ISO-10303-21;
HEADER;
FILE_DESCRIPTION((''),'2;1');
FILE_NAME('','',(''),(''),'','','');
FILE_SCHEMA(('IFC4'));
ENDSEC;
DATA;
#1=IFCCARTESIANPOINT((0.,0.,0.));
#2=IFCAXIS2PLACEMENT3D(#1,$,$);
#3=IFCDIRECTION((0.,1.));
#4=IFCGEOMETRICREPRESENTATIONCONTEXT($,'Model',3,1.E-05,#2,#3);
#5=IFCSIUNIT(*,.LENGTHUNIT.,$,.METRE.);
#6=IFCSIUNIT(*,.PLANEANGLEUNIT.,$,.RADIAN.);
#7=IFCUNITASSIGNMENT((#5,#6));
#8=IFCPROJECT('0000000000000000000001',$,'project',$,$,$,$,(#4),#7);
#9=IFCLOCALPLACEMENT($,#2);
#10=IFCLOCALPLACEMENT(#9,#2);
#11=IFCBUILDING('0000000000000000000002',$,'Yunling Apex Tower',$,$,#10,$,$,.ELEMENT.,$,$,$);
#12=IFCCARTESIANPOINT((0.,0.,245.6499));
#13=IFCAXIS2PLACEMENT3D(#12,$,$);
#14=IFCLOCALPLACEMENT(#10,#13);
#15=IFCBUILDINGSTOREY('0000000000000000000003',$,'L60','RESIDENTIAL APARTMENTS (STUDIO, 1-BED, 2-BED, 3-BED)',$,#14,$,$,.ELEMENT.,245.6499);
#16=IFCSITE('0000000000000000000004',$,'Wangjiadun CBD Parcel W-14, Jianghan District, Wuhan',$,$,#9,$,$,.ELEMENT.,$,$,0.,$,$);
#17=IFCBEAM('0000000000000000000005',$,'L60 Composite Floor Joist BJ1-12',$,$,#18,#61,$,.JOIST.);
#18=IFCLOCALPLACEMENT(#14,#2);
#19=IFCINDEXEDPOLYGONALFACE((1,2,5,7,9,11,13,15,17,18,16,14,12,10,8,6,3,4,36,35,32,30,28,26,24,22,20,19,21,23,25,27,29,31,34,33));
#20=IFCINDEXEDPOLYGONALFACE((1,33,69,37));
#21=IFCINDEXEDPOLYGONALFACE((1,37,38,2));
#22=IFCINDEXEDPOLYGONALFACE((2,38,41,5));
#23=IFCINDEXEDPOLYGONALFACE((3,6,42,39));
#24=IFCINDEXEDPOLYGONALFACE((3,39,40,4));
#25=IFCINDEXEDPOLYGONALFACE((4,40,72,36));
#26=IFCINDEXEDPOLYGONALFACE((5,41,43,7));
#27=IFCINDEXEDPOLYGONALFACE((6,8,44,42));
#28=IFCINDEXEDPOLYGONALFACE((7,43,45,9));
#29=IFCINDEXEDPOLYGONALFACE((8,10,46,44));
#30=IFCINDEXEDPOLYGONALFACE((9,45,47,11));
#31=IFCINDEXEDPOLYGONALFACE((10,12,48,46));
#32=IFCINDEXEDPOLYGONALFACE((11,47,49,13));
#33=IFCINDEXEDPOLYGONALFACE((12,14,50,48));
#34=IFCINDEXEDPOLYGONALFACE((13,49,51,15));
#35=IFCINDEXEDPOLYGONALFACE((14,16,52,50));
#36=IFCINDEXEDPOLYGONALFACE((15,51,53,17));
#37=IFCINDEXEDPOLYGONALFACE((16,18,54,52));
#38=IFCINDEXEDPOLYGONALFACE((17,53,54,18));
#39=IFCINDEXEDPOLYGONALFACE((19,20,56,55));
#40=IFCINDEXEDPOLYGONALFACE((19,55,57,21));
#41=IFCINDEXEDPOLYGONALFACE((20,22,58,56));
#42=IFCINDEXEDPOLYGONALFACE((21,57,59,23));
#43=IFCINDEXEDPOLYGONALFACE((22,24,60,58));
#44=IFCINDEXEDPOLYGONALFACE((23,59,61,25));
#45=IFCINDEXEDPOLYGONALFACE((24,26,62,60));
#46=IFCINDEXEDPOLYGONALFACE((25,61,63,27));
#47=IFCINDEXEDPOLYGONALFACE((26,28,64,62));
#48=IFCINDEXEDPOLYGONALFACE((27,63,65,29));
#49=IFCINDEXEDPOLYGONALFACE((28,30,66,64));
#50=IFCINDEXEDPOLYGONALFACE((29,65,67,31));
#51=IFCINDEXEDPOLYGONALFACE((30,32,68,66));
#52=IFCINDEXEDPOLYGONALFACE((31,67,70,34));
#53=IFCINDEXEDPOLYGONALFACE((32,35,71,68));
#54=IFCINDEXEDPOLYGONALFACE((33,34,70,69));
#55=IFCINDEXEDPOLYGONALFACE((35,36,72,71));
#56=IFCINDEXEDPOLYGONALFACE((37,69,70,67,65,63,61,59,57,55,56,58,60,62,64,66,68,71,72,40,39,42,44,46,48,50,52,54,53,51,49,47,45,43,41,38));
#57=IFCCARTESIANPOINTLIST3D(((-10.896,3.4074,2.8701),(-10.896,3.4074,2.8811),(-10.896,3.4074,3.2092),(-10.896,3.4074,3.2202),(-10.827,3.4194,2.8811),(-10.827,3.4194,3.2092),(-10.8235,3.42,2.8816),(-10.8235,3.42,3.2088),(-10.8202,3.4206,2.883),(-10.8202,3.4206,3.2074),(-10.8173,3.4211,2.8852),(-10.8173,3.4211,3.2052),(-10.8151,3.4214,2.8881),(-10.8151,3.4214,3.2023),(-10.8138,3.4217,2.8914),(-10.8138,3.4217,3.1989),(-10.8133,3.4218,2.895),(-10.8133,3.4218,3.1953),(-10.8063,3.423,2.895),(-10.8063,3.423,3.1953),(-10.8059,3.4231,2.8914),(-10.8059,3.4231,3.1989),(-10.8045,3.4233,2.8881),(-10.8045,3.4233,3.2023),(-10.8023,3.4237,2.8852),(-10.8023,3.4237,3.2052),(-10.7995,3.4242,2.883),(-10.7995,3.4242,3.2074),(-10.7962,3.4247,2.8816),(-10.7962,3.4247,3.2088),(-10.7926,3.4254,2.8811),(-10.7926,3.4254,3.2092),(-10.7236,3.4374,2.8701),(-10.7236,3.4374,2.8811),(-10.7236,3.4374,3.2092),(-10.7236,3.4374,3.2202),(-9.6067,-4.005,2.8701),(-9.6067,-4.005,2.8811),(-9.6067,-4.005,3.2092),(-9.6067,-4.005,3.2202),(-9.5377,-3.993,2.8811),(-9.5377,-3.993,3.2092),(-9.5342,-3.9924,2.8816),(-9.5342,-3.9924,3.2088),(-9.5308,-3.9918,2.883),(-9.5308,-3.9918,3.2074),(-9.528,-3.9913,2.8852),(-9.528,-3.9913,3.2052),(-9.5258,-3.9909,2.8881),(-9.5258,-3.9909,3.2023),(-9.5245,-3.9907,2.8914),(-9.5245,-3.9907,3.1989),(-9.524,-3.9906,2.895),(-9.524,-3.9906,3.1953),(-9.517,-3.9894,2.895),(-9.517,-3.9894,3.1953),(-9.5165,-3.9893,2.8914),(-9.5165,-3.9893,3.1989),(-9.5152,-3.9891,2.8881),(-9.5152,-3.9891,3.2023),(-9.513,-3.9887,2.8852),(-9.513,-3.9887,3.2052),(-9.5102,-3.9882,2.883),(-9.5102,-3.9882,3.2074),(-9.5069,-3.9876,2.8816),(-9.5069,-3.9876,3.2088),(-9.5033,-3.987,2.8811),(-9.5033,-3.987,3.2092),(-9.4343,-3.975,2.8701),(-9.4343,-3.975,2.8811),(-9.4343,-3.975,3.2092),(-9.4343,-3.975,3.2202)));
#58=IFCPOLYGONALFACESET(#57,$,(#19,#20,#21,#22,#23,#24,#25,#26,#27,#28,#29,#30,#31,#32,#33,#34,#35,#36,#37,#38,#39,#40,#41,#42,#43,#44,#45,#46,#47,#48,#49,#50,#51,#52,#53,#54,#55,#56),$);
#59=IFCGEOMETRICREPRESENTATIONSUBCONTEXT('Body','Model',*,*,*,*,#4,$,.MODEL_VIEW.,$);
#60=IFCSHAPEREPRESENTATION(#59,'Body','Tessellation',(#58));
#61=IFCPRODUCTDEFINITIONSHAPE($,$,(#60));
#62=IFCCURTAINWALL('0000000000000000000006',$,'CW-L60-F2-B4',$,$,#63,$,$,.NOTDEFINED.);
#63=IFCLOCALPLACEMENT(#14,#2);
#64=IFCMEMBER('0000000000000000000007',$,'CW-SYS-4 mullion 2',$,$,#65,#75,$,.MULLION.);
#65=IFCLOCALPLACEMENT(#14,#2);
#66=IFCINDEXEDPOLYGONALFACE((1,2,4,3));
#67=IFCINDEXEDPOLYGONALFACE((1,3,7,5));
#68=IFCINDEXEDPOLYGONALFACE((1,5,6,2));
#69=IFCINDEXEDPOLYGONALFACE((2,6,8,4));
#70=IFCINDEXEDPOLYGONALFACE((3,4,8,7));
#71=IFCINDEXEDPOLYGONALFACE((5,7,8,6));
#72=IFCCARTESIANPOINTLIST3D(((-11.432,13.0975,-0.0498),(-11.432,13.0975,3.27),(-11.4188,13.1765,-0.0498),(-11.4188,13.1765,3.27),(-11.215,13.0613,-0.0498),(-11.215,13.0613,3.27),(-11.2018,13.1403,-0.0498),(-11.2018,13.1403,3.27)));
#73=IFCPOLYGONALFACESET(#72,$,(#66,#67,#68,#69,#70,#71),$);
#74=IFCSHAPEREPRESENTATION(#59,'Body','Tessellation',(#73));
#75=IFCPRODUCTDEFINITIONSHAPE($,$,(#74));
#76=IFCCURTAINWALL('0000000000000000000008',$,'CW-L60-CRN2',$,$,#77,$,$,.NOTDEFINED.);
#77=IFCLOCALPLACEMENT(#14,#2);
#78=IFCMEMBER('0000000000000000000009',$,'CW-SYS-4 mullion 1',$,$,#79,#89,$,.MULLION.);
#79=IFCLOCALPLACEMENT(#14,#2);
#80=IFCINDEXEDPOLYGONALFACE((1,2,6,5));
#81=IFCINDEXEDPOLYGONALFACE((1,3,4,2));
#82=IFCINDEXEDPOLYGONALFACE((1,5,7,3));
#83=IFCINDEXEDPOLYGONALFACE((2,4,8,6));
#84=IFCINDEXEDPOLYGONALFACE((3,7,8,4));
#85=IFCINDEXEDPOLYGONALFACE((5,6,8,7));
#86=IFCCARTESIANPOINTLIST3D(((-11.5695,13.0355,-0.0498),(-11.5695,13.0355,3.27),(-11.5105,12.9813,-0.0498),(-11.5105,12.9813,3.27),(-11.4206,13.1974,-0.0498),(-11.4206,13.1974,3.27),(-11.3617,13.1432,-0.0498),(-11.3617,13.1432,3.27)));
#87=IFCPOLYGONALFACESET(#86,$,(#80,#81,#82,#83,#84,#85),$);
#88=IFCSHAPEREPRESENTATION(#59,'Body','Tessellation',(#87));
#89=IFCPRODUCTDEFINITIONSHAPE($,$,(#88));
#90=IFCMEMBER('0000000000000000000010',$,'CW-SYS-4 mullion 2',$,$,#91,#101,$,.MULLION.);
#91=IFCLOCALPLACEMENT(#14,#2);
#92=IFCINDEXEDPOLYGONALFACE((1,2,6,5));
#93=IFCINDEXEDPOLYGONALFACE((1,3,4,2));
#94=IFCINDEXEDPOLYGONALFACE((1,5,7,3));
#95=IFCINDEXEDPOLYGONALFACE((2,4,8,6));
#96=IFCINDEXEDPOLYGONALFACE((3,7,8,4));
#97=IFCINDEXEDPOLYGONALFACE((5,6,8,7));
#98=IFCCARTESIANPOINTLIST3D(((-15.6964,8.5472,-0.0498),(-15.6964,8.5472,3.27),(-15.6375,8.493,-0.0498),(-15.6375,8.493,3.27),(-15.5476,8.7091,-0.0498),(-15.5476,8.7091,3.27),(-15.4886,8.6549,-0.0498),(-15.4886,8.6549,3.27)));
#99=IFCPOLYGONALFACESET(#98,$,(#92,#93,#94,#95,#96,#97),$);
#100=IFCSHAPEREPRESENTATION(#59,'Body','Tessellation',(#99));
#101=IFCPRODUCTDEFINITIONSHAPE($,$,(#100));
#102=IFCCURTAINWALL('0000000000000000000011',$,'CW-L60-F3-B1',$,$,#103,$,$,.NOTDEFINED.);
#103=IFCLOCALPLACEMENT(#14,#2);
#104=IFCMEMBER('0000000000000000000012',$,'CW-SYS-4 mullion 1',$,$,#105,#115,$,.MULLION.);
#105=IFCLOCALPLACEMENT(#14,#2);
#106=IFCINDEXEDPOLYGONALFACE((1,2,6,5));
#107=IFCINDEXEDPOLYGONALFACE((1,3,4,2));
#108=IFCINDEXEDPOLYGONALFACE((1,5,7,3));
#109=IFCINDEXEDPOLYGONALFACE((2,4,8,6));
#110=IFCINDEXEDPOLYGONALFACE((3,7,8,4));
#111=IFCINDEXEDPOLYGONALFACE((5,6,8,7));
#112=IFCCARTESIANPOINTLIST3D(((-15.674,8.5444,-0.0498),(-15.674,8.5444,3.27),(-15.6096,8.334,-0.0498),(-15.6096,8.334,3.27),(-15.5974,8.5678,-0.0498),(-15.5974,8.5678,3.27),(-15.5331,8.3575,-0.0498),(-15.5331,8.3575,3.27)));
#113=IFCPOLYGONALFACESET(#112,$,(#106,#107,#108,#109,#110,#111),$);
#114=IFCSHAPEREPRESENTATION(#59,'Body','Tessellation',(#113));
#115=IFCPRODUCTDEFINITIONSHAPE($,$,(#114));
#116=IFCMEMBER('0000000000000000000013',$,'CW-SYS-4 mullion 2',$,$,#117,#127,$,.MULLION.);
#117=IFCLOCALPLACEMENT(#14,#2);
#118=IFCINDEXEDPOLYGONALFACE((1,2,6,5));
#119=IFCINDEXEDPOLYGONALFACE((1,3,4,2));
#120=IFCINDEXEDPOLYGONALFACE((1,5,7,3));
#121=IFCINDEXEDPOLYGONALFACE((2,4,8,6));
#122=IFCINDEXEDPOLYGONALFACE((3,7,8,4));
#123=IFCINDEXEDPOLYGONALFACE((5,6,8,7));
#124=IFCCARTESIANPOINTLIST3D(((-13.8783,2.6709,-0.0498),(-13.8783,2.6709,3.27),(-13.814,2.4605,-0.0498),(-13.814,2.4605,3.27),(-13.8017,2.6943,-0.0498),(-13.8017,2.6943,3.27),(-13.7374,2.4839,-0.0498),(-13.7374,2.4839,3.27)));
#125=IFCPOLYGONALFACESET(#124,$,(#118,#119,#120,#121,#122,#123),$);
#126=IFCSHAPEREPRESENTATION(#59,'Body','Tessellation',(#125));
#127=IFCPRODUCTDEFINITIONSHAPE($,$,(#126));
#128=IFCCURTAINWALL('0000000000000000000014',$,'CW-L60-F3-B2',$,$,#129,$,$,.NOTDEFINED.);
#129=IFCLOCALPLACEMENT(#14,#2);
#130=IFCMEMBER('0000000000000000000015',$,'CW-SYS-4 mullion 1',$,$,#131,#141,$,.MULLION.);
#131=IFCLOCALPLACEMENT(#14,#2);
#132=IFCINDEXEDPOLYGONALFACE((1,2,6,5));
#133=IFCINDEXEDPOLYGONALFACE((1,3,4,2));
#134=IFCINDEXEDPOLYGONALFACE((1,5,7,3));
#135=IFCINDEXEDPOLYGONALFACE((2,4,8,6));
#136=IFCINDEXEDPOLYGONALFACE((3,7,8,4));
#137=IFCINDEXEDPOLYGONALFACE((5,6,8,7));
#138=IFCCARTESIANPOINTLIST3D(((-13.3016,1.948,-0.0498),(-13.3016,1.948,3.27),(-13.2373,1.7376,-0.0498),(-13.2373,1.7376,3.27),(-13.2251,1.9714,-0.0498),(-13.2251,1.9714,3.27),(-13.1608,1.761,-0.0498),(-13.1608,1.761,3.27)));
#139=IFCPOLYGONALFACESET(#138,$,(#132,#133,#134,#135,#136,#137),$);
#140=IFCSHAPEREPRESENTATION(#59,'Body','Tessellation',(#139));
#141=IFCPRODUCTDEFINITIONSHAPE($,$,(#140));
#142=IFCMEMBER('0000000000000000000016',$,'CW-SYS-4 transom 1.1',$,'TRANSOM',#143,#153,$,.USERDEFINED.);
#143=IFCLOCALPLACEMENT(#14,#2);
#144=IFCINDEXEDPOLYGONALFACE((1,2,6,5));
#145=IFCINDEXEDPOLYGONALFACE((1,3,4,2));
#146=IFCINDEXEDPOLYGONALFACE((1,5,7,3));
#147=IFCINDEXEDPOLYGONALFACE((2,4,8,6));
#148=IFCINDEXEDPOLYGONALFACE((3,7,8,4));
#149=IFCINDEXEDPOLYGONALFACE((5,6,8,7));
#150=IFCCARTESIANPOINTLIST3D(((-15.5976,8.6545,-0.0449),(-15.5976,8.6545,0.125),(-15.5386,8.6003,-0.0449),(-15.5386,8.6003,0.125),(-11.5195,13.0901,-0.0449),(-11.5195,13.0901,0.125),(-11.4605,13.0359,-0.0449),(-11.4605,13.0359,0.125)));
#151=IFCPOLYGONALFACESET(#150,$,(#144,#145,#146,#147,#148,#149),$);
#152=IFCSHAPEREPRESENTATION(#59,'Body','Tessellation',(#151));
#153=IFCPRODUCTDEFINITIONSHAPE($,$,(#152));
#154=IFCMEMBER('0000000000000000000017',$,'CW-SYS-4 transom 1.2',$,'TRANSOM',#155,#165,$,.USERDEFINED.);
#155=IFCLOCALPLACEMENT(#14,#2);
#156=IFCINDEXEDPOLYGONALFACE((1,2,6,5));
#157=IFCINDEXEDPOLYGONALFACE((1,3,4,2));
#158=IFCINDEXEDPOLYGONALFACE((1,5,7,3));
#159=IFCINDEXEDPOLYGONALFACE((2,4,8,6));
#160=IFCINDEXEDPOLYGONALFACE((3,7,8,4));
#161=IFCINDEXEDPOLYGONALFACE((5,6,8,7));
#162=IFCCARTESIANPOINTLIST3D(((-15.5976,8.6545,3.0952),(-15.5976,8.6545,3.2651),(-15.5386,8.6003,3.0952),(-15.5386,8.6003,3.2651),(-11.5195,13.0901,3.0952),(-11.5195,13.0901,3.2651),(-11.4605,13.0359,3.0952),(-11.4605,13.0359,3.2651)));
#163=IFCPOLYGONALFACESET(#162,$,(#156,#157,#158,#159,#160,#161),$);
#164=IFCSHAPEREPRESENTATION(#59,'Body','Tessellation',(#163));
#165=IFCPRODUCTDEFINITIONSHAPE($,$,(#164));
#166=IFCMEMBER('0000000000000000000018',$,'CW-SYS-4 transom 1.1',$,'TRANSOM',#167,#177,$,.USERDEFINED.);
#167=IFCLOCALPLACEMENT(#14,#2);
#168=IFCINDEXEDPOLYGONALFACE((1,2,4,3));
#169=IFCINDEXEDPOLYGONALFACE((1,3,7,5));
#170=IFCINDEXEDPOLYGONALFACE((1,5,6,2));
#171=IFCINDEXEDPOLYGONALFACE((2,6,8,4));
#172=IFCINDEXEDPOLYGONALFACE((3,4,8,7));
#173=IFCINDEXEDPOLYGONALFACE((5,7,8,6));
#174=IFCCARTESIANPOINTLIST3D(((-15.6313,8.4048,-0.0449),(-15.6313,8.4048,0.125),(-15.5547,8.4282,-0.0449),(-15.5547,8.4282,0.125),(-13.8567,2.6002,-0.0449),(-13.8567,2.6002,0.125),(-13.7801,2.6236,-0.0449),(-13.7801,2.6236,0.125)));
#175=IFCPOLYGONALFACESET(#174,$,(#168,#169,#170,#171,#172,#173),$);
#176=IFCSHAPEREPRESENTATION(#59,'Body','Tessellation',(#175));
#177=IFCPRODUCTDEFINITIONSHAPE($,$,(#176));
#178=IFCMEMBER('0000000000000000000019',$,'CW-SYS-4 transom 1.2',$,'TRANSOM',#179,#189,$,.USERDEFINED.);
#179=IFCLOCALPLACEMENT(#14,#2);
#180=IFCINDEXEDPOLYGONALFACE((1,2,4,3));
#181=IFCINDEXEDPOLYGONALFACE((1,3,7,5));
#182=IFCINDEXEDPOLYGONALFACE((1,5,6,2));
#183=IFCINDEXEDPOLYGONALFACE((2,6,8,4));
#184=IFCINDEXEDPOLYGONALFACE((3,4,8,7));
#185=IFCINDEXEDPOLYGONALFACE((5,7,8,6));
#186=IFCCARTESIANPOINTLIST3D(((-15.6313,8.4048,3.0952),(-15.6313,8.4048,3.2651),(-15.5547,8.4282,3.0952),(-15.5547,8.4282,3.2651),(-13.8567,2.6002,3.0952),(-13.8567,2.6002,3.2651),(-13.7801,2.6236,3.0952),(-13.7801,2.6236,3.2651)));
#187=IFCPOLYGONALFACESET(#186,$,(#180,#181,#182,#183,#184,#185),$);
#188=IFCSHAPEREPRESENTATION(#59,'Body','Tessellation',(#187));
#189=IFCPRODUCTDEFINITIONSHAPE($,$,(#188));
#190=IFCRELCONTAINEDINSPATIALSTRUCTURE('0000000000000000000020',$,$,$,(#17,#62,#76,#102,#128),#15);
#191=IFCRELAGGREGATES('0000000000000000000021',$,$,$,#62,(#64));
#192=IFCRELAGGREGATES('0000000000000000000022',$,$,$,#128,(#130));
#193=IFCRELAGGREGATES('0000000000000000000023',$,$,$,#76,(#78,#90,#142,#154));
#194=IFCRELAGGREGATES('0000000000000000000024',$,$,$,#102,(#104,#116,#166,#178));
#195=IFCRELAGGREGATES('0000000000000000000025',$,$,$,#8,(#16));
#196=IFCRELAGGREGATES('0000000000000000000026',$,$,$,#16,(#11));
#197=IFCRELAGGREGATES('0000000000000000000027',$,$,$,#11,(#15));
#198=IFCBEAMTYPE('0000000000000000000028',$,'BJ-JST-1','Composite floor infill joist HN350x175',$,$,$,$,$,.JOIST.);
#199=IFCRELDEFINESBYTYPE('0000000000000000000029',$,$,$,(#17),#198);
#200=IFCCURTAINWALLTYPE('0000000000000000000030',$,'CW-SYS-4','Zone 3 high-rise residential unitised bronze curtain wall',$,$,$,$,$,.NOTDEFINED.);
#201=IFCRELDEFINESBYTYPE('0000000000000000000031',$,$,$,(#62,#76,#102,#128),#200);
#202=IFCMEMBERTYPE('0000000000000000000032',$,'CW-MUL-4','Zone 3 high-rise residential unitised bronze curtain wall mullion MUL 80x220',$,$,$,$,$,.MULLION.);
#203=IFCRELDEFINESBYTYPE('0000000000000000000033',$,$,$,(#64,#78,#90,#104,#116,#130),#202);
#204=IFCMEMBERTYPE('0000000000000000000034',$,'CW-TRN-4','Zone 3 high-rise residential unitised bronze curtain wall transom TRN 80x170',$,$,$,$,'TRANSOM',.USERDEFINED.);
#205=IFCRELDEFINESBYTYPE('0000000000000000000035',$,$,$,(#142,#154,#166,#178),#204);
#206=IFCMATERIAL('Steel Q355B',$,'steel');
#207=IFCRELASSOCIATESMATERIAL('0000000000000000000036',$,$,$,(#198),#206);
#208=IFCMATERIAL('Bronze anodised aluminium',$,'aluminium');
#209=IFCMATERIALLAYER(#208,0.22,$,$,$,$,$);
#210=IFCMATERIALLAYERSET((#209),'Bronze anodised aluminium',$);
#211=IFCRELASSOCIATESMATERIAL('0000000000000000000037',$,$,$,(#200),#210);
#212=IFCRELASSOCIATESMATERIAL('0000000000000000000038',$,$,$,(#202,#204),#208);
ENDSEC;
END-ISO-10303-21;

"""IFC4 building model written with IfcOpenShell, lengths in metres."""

from ifc_helpers import new_model, si_unit, direction, frame, origin, origin_2d, place, context, subcontext, project, spatial, rectangle, i_section, extrude, source, transform, mapped, material, layer, layer_set, material_profile, profile_set, type_object, element, aggregate, save


model = new_model("IFC4")

# Units and contexts
model_context = context("Model", 3, precision=1e-05, world=origin(), true_north=direction((0.0, 1.0)))
body_context = subcontext(model_context, "Body", "Model", "MODEL_VIEW")
ifc_project = project(units=[si_unit("LENGTHUNIT", "METRE"), si_unit("PLANEANGLEUNIT", "RADIAN")], contexts=[model_context])

# Site, building, storey
site_placement = place(None, origin())
site = spatial("IfcSite", under=ifc_project, at=site_placement, Name="Wangjiadun CBD Parcel W-14, Jianghan District, Wuhan", CompositionType="ELEMENT", RefElevation=0.0)
building_placement = place(site_placement, origin())
building = spatial("IfcBuilding", under=site, at=building_placement, Name="Yunling Apex Tower", CompositionType="ELEMENT")
storey_placement = place(building_placement, frame((0.0, 0.0, 245.6499)))
storey = spatial("IfcBuildingStorey", under=building, at=storey_placement, Name="L60", Description="RESIDENTIAL APARTMENTS (STUDIO, 1-BED, 2-BED, 3-BED)", CompositionType="ELEMENT", Elevation=245.6499)

# Beam
ifc_material_1 = material(Name="Steel Q355B", Category="steel")
ifc_material_profile_1 = material_profile(ifc_material_1, i_section(OverallWidth=0.175, OverallDepth=0.3501, WebThickness=0.0071, FlangeThickness=0.011, FilletRadius=0.0139, at=origin_2d()))
ifc_profile_set_1 = profile_set([ifc_material_profile_1], Name="Steel Q355B")
beam_type_1 = type_object("IfcBeamType", Name="BJ-JST-1", Description="Composite floor infill joist HN350x175", PredefinedType="JOIST", material=ifc_profile_set_1)
shared_shape_1 = source(origin(), body_context, "Body", "SweptSolid", [
    extrude(i_section(OverallWidth=0.175, OverallDepth=0.3501, WebThickness=0.0071, FlangeThickness=0.011, FilletRadius=0.0139, at=origin_2d()), origin(), (0.0, 0.0, 1.0), 7.5237),
])
beam_1_placement = place(storey_placement, frame((-10.8098, 3.4224, 3.0452), z_axis=(0.171367, -0.985207, 0.0), x_axis=(0.985207, 0.171367, 0.0)))
element("IfcBeam", 1, at=beam_1_placement, inside=storey, type_object=beam_type_1, Name="L60 Composite Floor Joist BJ1-12", PredefinedType="JOIST", context=body_context, shape_type="MappedRepresentation", body=[
    mapped(shared_shape_1, transform((0.0, 0.0, 0.0), scale=1.0)),
])

# Curtain wall, member
ifc_material_2 = material(Name="Bronze anodised aluminium", Category="aluminium")
ifc_layer_1 = layer(ifc_material_2, 0.22)
ifc_layer_set_1 = layer_set([ifc_layer_1], Name="Bronze anodised aluminium")
curtain_wall_type = type_object("IfcCurtainWallType", Name="CW-SYS-4", Description="Zone 3 high-rise residential unitised bronze curtain wall", PredefinedType="NOTDEFINED", material=ifc_layer_set_1)
curtain_wall_1_placement = place(storey_placement, origin())
curtain_wall_1 = element("IfcCurtainWall", 2, at=curtain_wall_1_placement, inside=storey, type_object=curtain_wall_type, Name="CW-L60-F2-B4", PredefinedType="NOTDEFINED")
ifc_material_profile_2 = material_profile(ifc_material_2, rectangle(XDim=0.0801, YDim=0.22, at=origin_2d()))
ifc_profile_set_2 = profile_set([ifc_material_profile_2], Name="Bronze anodised aluminium")
member_type_1 = type_object("IfcMemberType", Name="CW-MUL-4", Description="Zone 3 high-rise residential unitised bronze curtain wall mullion MUL 80x220", PredefinedType="MULLION", material=ifc_profile_set_2)
shared_shape_2 = source(origin(), body_context, "Body", "SweptSolid", [
    extrude(rectangle(XDim=0.0801, YDim=0.22, at=origin_2d()), origin(), (0.0, 0.0, 1.0), 3.3198),
])
member_1_placement = place(storey_placement, frame((-11.3169, 13.1189, -0.0498), z_axis=(0.0, 0.0, 1.0), x_axis=(-0.164353, -0.986402, 0.0)))
member_1 = element("IfcMember", 3, at=member_1_placement, type_object=member_type_1, Name="CW-SYS-4 mullion 2", PredefinedType="MULLION", context=body_context, shape_type="MappedRepresentation", body=[
    mapped(shared_shape_2, transform((0.0, 0.0, 0.0), scale=1.0)),
])
aggregate(curtain_wall_1, [member_1])

# Curtain walls, members
curtain_wall_2_placement = place(storey_placement, origin())
curtain_wall_2 = element("IfcCurtainWall", 4, at=curtain_wall_2_placement, inside=storey, type_object=curtain_wall_type, Name="CW-L60-CRN2", PredefinedType="NOTDEFINED")
member_2_placement = place(storey_placement, frame((-11.4656, 13.0894, -0.0498), z_axis=(0.0, 0.0, 1.0), x_axis=(0.736134, -0.676836, 0.0)))
member_2 = element("IfcMember", 5, at=member_2_placement, type_object=member_type_1, Name="CW-SYS-4 mullion 1", PredefinedType="MULLION", context=body_context, shape_type="MappedRepresentation", body=[
    mapped(shared_shape_2, transform((0.0, 0.0, 0.0), scale=1.0)),
])
member_3_placement = place(storey_placement, frame((-15.5925, 8.6011, -0.0498), z_axis=(0.0, 0.0, 1.0), x_axis=(0.736134, -0.676836, 0.0)))
member_3 = element("IfcMember", 6, at=member_3_placement, type_object=member_type_1, Name="CW-SYS-4 mullion 2", PredefinedType="MULLION", context=body_context, shape_type="MappedRepresentation", body=[
    mapped(shared_shape_2, transform((0.0, 0.0, 0.0), scale=1.0)),
])
curtain_wall_3_placement = place(storey_placement, origin())
curtain_wall_3 = element("IfcCurtainWall", 7, at=curtain_wall_3_placement, inside=storey, type_object=curtain_wall_type, Name="CW-L60-F3-B1", PredefinedType="NOTDEFINED")
member_4_placement = place(storey_placement, frame((-15.6035, 8.4509, -0.0498), z_axis=(0.0, 0.0, 1.0), x_axis=(0.956305, 0.292372, 0.0)))
member_4 = element("IfcMember", 8, at=member_4_placement, type_object=member_type_1, Name="CW-SYS-4 mullion 1", PredefinedType="MULLION", context=body_context, shape_type="MappedRepresentation", body=[
    mapped(shared_shape_2, transform((0.0, 0.0, 0.0), scale=1.0)),
])
member_5_placement = place(storey_placement, frame((-13.8079, 2.5774, -0.0498), z_axis=(0.0, 0.0, 1.0), x_axis=(0.956305, 0.292372, 0.0)))
member_5 = element("IfcMember", 9, at=member_5_placement, type_object=member_type_1, Name="CW-SYS-4 mullion 2", PredefinedType="MULLION", context=body_context, shape_type="MappedRepresentation", body=[
    mapped(shared_shape_2, transform((0.0, 0.0, 0.0), scale=1.0)),
])

# Curtain wall, member
curtain_wall_4_placement = place(storey_placement, origin())
curtain_wall_4 = element("IfcCurtainWall", 10, at=curtain_wall_4_placement, inside=storey, type_object=curtain_wall_type, Name="CW-L60-F3-B2", PredefinedType="NOTDEFINED")
member_6_placement = place(storey_placement, frame((-13.2312, 1.8545, -0.0498), z_axis=(0.0, 0.0, 1.0), x_axis=(0.956304, 0.292373, 0.0)))
member_6 = element("IfcMember", 11, at=member_6_placement, type_object=member_type_1, Name="CW-SYS-4 mullion 1", PredefinedType="MULLION", context=body_context, shape_type="MappedRepresentation", body=[
    mapped(shared_shape_2, transform((0.0, 0.0, 0.0), scale=1.0)),
])

# Members
ifc_material_profile_3 = material_profile(ifc_material_2, rectangle(XDim=0.0801, YDim=0.1699, at=origin_2d()))
ifc_profile_set_3 = profile_set([ifc_material_profile_3], Name="Bronze anodised aluminium")
member_type_2 = type_object("IfcMemberType", Name="CW-TRN-4", Description="Zone 3 high-rise residential unitised bronze curtain wall transom TRN 80x170", ElementType="TRANSOM", PredefinedType="USERDEFINED", material=ifc_profile_set_3)
shared_shape_3 = source(origin(), body_context, "Body", "SweptSolid", [
    extrude(rectangle(XDim=0.0801, YDim=0.1699, at=origin_2d()), origin(), (0.0, 0.0, 1.0), 6.0254),
])
member_7_placement = place(storey_placement, frame((-11.49, 13.063, 0.04), z_axis=(-0.676825, -0.736144, 0.0), x_axis=(0.736144, -0.676825, 0.0)))
member_7 = element("IfcMember", 12, at=member_7_placement, type_object=member_type_2, Name="CW-SYS-4 transom 1.1", ObjectType="TRANSOM", PredefinedType="USERDEFINED", context=body_context, shape_type="MappedRepresentation", body=[
    mapped(shared_shape_3, transform((0.0, 0.0, 0.0), scale=1.0)),
])
member_8_placement = place(storey_placement, frame((-11.49, 13.063, 3.1802), z_axis=(-0.676825, -0.736144, 0.0), x_axis=(0.736144, -0.676825, 0.0)))
member_8 = element("IfcMember", 13, at=member_8_placement, type_object=member_type_2, Name="CW-SYS-4 transom 1.2", ObjectType="TRANSOM", PredefinedType="USERDEFINED", context=body_context, shape_type="MappedRepresentation", body=[
    mapped(shared_shape_3, transform((0.0, 0.0, 0.0), scale=1.0)),
])
shared_shape_4 = source(origin(), body_context, "Body", "SweptSolid", [
    extrude(rectangle(XDim=0.0801, YDim=0.1699, at=origin_2d()), origin(), (0.0, 0.0, 1.0), 6.0698),
])
member_9_placement = place(storey_placement, frame((-15.593, 8.4165, 0.04), z_axis=(0.29237, -0.956305, 0.0), x_axis=(0.956305, 0.29237, 0.0)))
member_9 = element("IfcMember", 14, at=member_9_placement, type_object=member_type_2, Name="CW-SYS-4 transom 1.1", ObjectType="TRANSOM", PredefinedType="USERDEFINED", context=body_context, shape_type="MappedRepresentation", body=[
    mapped(shared_shape_4, transform((0.0, 0.0, 0.0), scale=1.0)),
])
member_10_placement = place(storey_placement, frame((-15.593, 8.4165, 3.1802), z_axis=(0.29237, -0.956305, 0.0), x_axis=(0.956305, 0.29237, 0.0)))
member_10 = element("IfcMember", 15, at=member_10_placement, type_object=member_type_2, Name="CW-SYS-4 transom 1.2", ObjectType="TRANSOM", PredefinedType="USERDEFINED", context=body_context, shape_type="MappedRepresentation", body=[
    mapped(shared_shape_4, transform((0.0, 0.0, 0.0), scale=1.0)),
])
aggregate(curtain_wall_4, [member_6])

aggregate(curtain_wall_2, [member_2, member_3, member_7, member_8])
aggregate(curtain_wall_3, [member_4, member_5, member_9, member_10])

save(model, "model.ifc")
